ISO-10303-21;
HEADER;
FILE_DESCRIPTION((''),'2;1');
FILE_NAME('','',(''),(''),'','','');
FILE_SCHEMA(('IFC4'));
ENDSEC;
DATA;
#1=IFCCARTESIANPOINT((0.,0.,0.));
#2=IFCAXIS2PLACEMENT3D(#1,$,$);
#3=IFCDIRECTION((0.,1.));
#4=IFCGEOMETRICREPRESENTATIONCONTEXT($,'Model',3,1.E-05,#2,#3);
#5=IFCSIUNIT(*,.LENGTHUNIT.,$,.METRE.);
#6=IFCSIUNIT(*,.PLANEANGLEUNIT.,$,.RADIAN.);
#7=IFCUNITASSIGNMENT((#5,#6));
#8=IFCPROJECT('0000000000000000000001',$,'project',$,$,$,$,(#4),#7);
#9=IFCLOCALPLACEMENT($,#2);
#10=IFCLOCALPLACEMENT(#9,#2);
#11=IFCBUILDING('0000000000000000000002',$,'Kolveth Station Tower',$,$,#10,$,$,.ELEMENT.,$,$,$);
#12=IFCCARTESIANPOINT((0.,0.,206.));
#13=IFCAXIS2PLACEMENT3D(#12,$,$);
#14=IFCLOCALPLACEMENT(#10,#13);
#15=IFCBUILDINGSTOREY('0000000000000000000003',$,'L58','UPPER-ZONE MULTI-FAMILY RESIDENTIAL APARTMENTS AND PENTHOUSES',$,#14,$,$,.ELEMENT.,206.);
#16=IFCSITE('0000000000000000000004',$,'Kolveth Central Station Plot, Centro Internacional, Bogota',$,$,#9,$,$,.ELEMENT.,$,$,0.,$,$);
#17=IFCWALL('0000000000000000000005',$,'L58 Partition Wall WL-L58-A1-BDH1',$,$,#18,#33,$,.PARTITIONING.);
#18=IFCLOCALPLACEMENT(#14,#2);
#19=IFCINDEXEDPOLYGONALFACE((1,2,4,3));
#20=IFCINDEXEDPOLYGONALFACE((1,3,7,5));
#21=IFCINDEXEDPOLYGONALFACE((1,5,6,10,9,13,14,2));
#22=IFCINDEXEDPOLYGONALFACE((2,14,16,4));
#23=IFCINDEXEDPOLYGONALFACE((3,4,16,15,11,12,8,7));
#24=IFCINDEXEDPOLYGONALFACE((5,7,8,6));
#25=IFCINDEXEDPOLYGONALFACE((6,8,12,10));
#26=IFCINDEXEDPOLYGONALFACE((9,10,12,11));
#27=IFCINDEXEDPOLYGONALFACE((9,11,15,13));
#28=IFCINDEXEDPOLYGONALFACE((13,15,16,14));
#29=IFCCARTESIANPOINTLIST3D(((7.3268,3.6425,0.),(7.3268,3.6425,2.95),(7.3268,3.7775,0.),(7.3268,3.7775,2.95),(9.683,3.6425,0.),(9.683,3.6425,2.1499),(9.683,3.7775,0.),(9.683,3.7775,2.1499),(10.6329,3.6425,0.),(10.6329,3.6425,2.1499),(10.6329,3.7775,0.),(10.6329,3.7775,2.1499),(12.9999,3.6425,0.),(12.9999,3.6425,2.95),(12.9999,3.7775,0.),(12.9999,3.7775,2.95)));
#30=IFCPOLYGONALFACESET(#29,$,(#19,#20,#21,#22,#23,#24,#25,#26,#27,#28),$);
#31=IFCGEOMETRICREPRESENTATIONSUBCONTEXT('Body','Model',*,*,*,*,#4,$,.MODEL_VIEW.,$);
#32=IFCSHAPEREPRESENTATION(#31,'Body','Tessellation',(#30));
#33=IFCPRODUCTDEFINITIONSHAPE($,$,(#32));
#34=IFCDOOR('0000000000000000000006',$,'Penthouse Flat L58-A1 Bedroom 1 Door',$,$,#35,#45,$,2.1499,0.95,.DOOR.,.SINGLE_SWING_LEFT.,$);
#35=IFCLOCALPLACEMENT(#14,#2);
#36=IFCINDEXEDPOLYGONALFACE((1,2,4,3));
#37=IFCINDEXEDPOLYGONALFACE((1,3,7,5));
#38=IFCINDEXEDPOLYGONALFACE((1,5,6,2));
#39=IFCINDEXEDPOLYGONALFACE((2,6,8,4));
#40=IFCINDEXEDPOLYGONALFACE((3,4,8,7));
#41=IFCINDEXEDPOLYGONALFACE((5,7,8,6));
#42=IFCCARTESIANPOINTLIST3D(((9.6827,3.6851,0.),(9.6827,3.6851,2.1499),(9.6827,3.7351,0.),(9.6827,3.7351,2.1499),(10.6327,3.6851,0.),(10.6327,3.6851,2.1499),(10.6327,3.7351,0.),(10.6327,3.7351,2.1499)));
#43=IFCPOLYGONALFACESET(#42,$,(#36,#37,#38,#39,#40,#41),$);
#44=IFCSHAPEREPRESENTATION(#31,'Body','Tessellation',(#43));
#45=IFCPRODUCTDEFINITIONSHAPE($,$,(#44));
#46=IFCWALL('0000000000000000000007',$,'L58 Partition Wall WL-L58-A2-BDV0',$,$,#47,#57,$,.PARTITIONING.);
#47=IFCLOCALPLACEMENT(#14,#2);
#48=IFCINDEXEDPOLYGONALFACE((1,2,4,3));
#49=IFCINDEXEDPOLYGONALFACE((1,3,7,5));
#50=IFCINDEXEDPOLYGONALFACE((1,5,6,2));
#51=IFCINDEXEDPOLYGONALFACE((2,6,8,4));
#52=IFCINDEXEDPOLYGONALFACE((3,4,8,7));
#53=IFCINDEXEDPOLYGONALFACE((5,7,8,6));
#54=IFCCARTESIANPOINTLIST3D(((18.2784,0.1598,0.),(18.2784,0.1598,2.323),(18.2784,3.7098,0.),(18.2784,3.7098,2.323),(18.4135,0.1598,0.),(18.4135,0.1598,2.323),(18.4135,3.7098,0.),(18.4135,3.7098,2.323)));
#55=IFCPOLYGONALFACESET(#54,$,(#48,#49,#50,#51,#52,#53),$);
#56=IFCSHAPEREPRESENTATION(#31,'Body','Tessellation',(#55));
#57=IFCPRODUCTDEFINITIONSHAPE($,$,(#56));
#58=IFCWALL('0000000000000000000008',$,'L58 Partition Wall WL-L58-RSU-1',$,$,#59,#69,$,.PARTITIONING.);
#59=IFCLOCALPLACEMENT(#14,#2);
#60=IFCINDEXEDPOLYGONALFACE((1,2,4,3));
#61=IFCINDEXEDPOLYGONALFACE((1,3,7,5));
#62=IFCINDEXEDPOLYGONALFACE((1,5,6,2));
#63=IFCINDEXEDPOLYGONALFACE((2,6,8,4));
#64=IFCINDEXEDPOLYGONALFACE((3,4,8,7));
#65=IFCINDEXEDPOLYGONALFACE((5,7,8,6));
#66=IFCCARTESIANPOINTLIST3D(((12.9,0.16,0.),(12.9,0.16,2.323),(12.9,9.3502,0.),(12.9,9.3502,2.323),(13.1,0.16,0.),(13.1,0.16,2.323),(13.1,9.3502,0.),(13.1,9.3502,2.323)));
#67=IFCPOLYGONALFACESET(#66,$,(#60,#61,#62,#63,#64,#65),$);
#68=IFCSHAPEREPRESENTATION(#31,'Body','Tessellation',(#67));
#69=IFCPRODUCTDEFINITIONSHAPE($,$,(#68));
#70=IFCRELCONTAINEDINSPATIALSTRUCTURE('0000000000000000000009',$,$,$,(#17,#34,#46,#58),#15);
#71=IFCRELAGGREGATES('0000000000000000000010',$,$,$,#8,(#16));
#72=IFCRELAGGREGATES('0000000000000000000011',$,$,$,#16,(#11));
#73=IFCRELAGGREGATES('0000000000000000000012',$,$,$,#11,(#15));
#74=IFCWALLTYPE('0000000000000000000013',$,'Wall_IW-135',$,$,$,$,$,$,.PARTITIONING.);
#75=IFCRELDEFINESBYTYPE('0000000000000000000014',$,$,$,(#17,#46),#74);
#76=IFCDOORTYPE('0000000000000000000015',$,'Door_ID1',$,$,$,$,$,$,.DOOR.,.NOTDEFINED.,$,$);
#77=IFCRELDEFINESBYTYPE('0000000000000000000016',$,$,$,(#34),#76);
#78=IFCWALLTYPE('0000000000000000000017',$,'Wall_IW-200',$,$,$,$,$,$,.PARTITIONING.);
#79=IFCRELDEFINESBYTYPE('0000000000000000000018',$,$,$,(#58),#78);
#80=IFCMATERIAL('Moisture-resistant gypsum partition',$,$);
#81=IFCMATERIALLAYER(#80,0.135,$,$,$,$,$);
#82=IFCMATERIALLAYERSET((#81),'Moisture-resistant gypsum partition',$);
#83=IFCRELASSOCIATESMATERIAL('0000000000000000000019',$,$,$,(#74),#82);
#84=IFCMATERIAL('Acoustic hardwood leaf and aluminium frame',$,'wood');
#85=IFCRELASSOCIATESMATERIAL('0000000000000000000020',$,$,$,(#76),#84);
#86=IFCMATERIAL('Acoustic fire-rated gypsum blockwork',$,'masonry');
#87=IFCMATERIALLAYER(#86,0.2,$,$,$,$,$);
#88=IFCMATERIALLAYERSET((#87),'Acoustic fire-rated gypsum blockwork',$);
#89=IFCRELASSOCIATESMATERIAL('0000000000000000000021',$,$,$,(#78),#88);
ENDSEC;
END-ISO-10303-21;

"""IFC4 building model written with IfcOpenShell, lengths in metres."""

from ifc_helpers import new_model, si_unit, direction, frame, frame_2d, origin, place, context, subcontext, project, spatial, rectangle, extrude, material, layer, layer_set, type_object, element, fill, save


model = new_model("IFC4")

# Units and contexts
model_context = context("Model", 3, precision=1e-05, world=origin(), true_north=direction((0.0, 1.0)))
body_context = subcontext(model_context, "Body", "Model", "MODEL_VIEW")
ifc_project = project(units=[si_unit("LENGTHUNIT", "METRE"), si_unit("PLANEANGLEUNIT", "RADIAN")], contexts=[model_context])

# Site, building, storey
site_placement = place(None, origin())
site = spatial("IfcSite", under=ifc_project, at=site_placement, Name="Kolveth Central Station Plot, Centro Internacional, Bogota", CompositionType="ELEMENT", RefElevation=0.0)
building_placement = place(site_placement, origin())
building = spatial("IfcBuilding", under=site, at=building_placement, Name="Kolveth Station Tower", CompositionType="ELEMENT")
storey_placement = place(building_placement, frame((0.0, 0.0, 206.0)))
storey = spatial("IfcBuildingStorey", under=building, at=storey_placement, Name="L58", Description="UPPER-ZONE MULTI-FAMILY RESIDENTIAL APARTMENTS AND PENTHOUSES", CompositionType="ELEMENT", Elevation=206.0)

# Shared definitions
ifc_material_1 = material(Name="Moisture-resistant gypsum partition")
ifc_layer_1 = layer(ifc_material_1, 0.135)
ifc_layer_set_1 = layer_set([ifc_layer_1], Name="Moisture-resistant gypsum partition")
wall_type_1 = type_object("IfcWallType", Name="Wall_IW-135", PredefinedType="PARTITIONING", material=ifc_layer_set_1)

# Wall, opening, door
wall_1_placement = place(storey_placement, frame((7.3269, 3.71, 0.0), z_axis=(0.0, 0.0, 1.0), x_axis=(1.0, 0.0, 0.0)))
wall_1 = element("IfcWall", 1, at=wall_1_placement, inside=storey, type_object=wall_type_1, Name="L58 Partition Wall WL-L58-A1-BDH1", PredefinedType="PARTITIONING", context=body_context, shape_type="SweptSolid", body=[
    extrude(rectangle(XDim=5.6731, YDim=0.135, at=frame_2d((2.8364, 0.0))), origin(), (0.0, 0.0, 1.0), 2.95),
])
opening_1_placement = place(wall_1_placement, frame((2.356, 0.0, 0.0)))
opening_1 = element("IfcOpeningElement", 2, at=opening_1_placement, cuts=wall_1, PredefinedType="OPENING", context=body_context, shape_type="SweptSolid", body=[
    extrude(rectangle(XDim=0.95, YDim=2.1499, at=frame_2d((0.4751, 1.075))), frame((0.0, 0.0774, 0.0), z_axis=(0.0, -1.0, 0.0), x_axis=(1.0, 0.0, 0.0)), (0.0, 0.0, 1.0), 0.155),
])
ifc_material_2 = material(Name="Acoustic hardwood leaf and aluminium frame", Category="wood")
door_type = type_object("IfcDoorType", Name="Door_ID1", OperationType="NOTDEFINED", PredefinedType="DOOR", material=ifc_material_2)
door_1_placement = place(opening_1_placement, frame((0.95, 0.0, 0.0), z_axis=(0.0, 0.0, 1.0), x_axis=(-1.0, 0.0, 0.0)))
door_1 = element("IfcDoor", 3, at=door_1_placement, inside=storey, type_object=door_type, Name="Penthouse Flat L58-A1 Bedroom 1 Door", OperationType="SINGLE_SWING_LEFT", OverallHeight=2.1499, OverallWidth=0.95, PredefinedType="DOOR", context=body_context, shape_type="SweptSolid", body=[
    extrude(rectangle(XDim=0.95, YDim=2.1499, at=frame_2d((0.4751, 1.075))), frame((0.0, 0.0249, 0.0), z_axis=(0.0, -1.0, 0.0), x_axis=(1.0, 0.0, 0.0)), (0.0, 0.0, 1.0), 0.05),
])
fill(opening_1, door_1)

# Wall
wall_2_placement = place(storey_placement, frame((18.3459, 0.1599, 0.0), z_axis=(0.0, 0.0, 1.0), x_axis=(0.0, 1.0, 0.0)))
element("IfcWall", 4, at=wall_2_placement, inside=storey, type_object=wall_type_1, Name="L58 Partition Wall WL-L58-A2-BDV0", PredefinedType="PARTITIONING", context=body_context, shape_type="SweptSolid", body=[
    extrude(rectangle(XDim=3.55, YDim=0.135, at=frame_2d((1.7749, 0.0))), origin(), (0.0, 0.0, 1.0), 2.323),
])

# Wall
ifc_material_3 = material(Name="Acoustic fire-rated gypsum blockwork", Category="masonry")
ifc_layer_2 = layer(ifc_material_3, 0.2)
ifc_layer_set_2 = layer_set([ifc_layer_2], Name="Acoustic fire-rated gypsum blockwork")
wall_type_2 = type_object("IfcWallType", Name="Wall_IW-200", PredefinedType="PARTITIONING", material=ifc_layer_set_2)
wall_3_placement = place(storey_placement, frame((13.0, 0.1599, 0.0), z_axis=(0.0, 0.0, 1.0), x_axis=(0.0, 1.0, 0.0)))
element("IfcWall", 5, at=wall_3_placement, inside=storey, type_object=wall_type_2, Name="L58 Partition Wall WL-L58-RSU-1", PredefinedType="PARTITIONING", context=body_context, shape_type="SweptSolid", body=[
    extrude(rectangle(XDim=9.1902, YDim=0.2, at=frame_2d((4.5952, 0.0))), origin(), (0.0, 0.0, 1.0), 2.323),
])

save(model, "model.ifc")
